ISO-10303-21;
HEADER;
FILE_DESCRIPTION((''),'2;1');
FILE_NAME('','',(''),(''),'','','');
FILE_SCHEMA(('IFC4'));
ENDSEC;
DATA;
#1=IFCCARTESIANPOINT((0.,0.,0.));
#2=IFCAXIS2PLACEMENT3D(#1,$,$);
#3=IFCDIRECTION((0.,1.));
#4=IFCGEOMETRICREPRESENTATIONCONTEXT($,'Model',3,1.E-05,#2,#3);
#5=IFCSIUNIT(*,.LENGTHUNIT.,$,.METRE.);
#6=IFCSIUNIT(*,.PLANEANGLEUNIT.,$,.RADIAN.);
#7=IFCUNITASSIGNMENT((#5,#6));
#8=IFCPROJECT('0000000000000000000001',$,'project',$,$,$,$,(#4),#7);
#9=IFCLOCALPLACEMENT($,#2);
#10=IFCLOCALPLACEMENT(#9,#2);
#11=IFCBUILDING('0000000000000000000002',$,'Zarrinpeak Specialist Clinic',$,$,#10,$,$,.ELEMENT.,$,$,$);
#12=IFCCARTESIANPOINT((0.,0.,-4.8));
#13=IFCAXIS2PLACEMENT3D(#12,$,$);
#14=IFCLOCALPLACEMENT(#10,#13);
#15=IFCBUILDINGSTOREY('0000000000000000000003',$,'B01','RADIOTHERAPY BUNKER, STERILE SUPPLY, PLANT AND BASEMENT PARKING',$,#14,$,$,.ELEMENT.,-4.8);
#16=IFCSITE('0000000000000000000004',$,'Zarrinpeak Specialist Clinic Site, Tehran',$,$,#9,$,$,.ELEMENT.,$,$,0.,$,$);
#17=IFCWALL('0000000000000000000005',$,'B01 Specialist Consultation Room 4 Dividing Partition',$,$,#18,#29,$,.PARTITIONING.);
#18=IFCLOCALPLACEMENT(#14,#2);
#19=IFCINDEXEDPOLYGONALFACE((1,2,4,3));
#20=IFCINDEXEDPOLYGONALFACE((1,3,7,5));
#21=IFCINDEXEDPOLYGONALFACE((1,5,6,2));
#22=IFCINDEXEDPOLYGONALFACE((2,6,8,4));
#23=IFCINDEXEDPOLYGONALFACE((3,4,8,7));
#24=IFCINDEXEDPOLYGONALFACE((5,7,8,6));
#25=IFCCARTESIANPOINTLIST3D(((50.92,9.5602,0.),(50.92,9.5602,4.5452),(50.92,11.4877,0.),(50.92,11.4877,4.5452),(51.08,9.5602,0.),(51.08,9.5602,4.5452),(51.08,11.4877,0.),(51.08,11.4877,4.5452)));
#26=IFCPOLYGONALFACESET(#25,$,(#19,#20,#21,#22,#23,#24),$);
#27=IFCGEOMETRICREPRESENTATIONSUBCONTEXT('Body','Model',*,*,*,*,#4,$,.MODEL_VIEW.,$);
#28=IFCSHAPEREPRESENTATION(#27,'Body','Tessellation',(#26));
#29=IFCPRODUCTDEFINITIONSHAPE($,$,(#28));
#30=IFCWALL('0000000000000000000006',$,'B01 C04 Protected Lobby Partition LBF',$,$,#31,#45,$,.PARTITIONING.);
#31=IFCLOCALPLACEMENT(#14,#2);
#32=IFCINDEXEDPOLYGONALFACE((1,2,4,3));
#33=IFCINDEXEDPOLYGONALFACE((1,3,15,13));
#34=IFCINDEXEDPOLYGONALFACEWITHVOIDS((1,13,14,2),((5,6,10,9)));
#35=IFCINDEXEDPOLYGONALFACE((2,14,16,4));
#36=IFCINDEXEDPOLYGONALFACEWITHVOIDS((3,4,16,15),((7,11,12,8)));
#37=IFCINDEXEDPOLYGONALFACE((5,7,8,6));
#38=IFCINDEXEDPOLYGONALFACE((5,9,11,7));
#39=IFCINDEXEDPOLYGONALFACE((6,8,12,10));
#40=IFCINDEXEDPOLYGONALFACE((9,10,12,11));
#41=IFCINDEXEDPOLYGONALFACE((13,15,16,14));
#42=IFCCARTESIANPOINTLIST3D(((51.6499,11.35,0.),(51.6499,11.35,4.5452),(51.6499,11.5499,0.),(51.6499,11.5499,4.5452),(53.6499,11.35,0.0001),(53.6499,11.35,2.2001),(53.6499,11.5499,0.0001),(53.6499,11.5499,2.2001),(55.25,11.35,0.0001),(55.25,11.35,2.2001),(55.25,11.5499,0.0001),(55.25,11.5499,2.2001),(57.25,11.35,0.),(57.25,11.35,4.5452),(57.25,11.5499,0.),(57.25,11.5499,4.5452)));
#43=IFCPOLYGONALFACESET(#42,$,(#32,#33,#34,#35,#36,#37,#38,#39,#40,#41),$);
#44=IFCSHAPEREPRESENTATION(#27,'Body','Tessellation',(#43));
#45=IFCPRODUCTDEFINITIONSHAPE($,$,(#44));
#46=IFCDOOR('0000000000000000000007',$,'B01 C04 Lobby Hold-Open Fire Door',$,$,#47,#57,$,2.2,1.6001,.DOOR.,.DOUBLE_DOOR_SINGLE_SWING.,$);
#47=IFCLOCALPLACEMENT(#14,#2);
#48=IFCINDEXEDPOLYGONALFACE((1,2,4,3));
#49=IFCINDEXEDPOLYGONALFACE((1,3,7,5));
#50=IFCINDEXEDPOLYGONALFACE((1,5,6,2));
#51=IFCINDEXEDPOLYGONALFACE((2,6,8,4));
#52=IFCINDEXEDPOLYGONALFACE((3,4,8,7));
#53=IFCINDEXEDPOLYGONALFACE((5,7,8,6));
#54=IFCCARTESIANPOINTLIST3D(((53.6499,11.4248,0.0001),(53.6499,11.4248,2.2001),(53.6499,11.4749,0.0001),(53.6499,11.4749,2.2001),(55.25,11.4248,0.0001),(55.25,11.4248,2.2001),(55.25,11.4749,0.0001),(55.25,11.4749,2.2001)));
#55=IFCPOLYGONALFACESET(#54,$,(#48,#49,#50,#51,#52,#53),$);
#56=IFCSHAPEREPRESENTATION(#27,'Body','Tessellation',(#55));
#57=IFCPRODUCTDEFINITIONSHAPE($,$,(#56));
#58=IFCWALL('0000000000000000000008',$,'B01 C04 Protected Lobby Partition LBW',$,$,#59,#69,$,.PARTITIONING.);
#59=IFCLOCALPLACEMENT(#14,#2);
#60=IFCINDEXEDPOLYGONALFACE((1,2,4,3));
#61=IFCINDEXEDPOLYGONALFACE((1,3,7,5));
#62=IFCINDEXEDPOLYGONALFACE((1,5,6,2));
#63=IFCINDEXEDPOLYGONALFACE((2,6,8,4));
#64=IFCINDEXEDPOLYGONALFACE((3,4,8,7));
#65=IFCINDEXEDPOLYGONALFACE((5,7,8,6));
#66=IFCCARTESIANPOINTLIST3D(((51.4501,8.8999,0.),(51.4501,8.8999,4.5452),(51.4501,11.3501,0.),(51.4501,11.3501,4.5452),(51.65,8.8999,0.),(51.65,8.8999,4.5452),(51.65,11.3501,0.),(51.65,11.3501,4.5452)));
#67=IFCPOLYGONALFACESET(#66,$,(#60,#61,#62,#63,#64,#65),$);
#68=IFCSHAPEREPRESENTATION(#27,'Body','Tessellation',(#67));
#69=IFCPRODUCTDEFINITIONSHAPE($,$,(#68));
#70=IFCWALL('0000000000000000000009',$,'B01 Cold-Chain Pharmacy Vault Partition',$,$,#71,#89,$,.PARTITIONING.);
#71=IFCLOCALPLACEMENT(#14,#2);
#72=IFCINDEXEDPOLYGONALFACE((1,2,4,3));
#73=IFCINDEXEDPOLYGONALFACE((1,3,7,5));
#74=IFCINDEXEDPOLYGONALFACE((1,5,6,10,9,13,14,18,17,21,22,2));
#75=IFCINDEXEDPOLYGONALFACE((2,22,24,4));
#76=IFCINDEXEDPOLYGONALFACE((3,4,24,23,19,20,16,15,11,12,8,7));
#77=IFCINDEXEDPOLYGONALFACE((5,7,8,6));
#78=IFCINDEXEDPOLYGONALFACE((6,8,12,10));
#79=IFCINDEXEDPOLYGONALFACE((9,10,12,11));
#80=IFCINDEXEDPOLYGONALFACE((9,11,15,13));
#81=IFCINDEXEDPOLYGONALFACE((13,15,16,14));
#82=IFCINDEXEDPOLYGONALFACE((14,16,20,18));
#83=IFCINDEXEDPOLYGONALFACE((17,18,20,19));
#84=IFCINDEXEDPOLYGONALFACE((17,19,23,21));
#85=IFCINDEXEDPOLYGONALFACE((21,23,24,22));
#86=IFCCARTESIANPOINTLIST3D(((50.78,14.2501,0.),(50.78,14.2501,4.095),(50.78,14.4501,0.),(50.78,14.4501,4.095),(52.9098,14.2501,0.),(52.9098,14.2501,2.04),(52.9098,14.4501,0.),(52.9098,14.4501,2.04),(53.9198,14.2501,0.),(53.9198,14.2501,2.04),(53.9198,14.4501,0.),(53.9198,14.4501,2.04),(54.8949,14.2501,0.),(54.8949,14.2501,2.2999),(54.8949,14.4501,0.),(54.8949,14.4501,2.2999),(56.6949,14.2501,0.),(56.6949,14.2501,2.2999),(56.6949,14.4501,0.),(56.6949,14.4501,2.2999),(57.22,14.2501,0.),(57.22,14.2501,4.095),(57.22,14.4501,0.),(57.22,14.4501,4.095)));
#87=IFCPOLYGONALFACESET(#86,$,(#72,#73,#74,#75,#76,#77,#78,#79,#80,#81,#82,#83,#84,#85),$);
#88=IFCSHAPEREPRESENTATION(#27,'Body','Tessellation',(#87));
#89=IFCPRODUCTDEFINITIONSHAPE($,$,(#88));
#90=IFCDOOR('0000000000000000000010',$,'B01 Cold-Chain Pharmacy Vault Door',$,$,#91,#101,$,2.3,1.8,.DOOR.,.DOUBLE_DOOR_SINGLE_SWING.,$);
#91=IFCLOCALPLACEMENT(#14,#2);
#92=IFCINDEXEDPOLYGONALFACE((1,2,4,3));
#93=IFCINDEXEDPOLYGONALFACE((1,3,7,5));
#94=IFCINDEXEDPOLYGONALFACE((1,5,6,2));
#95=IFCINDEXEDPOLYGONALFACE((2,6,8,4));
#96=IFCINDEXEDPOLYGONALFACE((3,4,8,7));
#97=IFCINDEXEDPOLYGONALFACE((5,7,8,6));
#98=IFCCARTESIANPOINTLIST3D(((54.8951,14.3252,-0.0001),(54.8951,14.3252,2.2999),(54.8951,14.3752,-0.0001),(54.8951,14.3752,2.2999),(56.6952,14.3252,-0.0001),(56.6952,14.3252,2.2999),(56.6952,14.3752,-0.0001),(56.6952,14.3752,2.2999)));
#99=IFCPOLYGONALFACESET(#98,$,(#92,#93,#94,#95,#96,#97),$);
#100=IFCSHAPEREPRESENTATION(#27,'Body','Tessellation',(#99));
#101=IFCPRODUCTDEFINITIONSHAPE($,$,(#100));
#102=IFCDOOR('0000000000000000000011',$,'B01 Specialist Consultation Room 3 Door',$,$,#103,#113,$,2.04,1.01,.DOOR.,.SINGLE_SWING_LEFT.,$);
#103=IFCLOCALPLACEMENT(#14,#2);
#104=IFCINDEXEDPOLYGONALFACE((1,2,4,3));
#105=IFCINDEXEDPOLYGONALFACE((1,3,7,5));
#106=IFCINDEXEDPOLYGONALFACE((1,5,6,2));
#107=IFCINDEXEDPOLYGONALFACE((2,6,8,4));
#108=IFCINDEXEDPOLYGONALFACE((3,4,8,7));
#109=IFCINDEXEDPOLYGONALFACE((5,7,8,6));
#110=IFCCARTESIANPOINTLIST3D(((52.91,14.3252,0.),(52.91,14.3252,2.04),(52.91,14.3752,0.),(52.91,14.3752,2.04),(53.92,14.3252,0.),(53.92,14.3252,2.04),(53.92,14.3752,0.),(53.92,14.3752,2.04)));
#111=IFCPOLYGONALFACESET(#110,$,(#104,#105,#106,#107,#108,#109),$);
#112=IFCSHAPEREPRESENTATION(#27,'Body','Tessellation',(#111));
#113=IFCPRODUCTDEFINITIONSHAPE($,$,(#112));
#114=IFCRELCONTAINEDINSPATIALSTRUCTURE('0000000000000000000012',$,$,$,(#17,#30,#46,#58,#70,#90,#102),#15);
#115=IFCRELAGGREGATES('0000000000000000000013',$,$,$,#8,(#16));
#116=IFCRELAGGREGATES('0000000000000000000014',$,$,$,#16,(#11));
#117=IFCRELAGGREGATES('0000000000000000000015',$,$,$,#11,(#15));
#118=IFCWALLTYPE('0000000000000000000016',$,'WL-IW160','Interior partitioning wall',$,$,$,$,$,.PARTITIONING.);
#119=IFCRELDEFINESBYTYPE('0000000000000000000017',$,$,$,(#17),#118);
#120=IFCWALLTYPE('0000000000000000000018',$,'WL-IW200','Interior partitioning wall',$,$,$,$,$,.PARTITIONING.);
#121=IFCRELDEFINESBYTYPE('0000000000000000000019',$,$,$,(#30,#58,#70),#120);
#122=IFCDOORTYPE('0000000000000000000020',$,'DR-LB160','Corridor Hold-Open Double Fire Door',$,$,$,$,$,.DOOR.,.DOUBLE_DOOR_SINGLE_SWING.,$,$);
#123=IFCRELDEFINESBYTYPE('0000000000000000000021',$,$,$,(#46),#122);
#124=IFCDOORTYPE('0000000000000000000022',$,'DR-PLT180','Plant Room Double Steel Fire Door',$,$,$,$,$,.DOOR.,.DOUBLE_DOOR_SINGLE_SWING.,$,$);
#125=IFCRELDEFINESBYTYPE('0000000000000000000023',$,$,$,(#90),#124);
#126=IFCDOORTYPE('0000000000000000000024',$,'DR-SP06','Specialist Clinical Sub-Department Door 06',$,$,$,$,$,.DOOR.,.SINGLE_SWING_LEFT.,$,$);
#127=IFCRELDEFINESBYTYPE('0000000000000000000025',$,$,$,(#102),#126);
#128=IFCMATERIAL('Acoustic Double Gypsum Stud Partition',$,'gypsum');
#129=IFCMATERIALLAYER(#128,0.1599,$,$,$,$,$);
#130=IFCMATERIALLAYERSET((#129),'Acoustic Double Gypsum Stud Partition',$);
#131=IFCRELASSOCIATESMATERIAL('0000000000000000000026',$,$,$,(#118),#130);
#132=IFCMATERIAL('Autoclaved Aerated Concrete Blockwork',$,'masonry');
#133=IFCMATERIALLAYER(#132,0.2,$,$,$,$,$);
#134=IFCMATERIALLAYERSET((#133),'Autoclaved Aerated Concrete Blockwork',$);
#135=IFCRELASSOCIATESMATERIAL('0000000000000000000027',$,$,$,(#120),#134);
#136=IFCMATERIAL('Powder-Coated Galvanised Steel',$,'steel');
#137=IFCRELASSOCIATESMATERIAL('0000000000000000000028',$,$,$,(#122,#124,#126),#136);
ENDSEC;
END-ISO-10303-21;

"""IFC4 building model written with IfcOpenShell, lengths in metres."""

from ifc_helpers import new_model, si_unit, direction, frame, frame_2d, origin, place, context, subcontext, project, spatial, rectangle, extrude, material, layer, layer_set, type_object, element, fill, save


model = new_model("IFC4")

# Units and contexts
model_context = context("Model", 3, precision=1e-05, world=origin(), true_north=direction((0.0, 1.0)))
body_context = subcontext(model_context, "Body", "Model", "MODEL_VIEW")
ifc_project = project(units=[si_unit("LENGTHUNIT", "METRE"), si_unit("PLANEANGLEUNIT", "RADIAN")], contexts=[model_context])

# Site, building, storey
site_placement = place(None, origin())
site = spatial("IfcSite", under=ifc_project, at=site_placement, Name="Zarrinpeak Specialist Clinic Site, Tehran", CompositionType="ELEMENT", RefElevation=0.0)
building_placement = place(site_placement, origin())
building = spatial("IfcBuilding", under=site, at=building_placement, Name="Zarrinpeak Specialist Clinic", CompositionType="ELEMENT")
storey_placement = place(building_placement, frame((0.0, 0.0, -4.8)))
storey = spatial("IfcBuildingStorey", under=building, at=storey_placement, Name="B01", Description="RADIOTHERAPY BUNKER, STERILE SUPPLY, PLANT AND BASEMENT PARKING", CompositionType="ELEMENT", Elevation=-4.8)

# Shared definitions
ifc_material_1 = material(Name="Powder-Coated Galvanised Steel", Category="steel")

# Wall
ifc_material_2 = material(Name="Acoustic Double Gypsum Stud Partition", Category="gypsum")
ifc_layer_1 = layer(ifc_material_2, 0.1599)
ifc_layer_set_1 = layer_set([ifc_layer_1], Name="Acoustic Double Gypsum Stud Partition")
wall_type_1 = type_object("IfcWallType", Name="WL-IW160", Description="Interior partitioning wall", PredefinedType="PARTITIONING", material=ifc_layer_set_1)
wall_1_placement = place(storey_placement, frame((51.0, 9.5601, 0.0), z_axis=(0.0, 0.0, 1.0), x_axis=(0.0, 1.0, 0.0)))
element("IfcWall", 1, at=wall_1_placement, inside=storey, type_object=wall_type_1, Name="B01 Specialist Consultation Room 4 Dividing Partition", PredefinedType="PARTITIONING", context=body_context, shape_type="SweptSolid", body=[
    extrude(rectangle(XDim=1.9275, YDim=0.1599, at=frame_2d((0.9639, 0.0))), origin(), (0.0, 0.0, 1.0), 4.5452),
])

# Wall, opening, door
ifc_material_3 = material(Name="Autoclaved Aerated Concrete Blockwork", Category="masonry")
ifc_layer_2 = layer(ifc_material_3, 0.2)
ifc_layer_set_2 = layer_set([ifc_layer_2], Name="Autoclaved Aerated Concrete Blockwork")
wall_type_2 = type_object("IfcWallType", Name="WL-IW200", Description="Interior partitioning wall", PredefinedType="PARTITIONING", material=ifc_layer_set_2)
wall_2_placement = place(storey_placement, frame((51.6499, 11.45, 0.0), z_axis=(0.0, 0.0, 1.0), x_axis=(1.0, 0.0, 0.0)))
wall_2 = element("IfcWall", 2, at=wall_2_placement, inside=storey, type_object=wall_type_2, Name="B01 C04 Protected Lobby Partition LBF", PredefinedType="PARTITIONING", context=body_context, shape_type="SweptSolid", body=[
    extrude(rectangle(XDim=5.6001, YDim=0.2, at=frame_2d((2.8, 0.0))), origin(), (0.0, 0.0, 1.0), 4.5452),
])
opening_1_placement = place(wall_2_placement, frame((2.0, 0.0, 0.0)))
opening_1 = element("IfcOpeningElement", 3, at=opening_1_placement, cuts=wall_2, PredefinedType="OPENING", context=body_context, shape_type="SweptSolid", body=[
    extrude(rectangle(XDim=1.6001, YDim=2.2, at=frame_2d((0.8, 1.1001))), frame((0.0, 0.1099, 0.0), z_axis=(0.0, -1.0, 0.0), x_axis=(1.0, 0.0, 0.0)), (0.0, 0.0, 1.0), 0.22),
])
door_type_1 = type_object("IfcDoorType", Name="DR-LB160", Description="Corridor Hold-Open Double Fire Door", OperationType="DOUBLE_DOOR_SINGLE_SWING", PredefinedType="DOOR", material=ifc_material_1)
door_1_placement = place(opening_1_placement, origin())
door_1 = element("IfcDoor", 4, at=door_1_placement, inside=storey, type_object=door_type_1, Name="B01 C04 Lobby Hold-Open Fire Door", OperationType="DOUBLE_DOOR_SINGLE_SWING", OverallHeight=2.2, OverallWidth=1.6001, PredefinedType="DOOR", context=body_context, shape_type="SweptSolid", body=[
    extrude(rectangle(XDim=1.6001, YDim=2.2, at=frame_2d((0.8, 1.1001))), frame((0.0, 0.0249, 0.0), z_axis=(0.0, -1.0, 0.0), x_axis=(1.0, 0.0, 0.0)), (0.0, 0.0, 1.0), 0.05),
])
fill(opening_1, door_1)

# Wall
wall_3_placement = place(storey_placement, frame((51.55, 8.8999, 0.0), z_axis=(0.0, 0.0, 1.0), x_axis=(0.0, 1.0, 0.0)))
element("IfcWall", 5, at=wall_3_placement, inside=storey, type_object=wall_type_2, Name="B01 C04 Protected Lobby Partition LBW", PredefinedType="PARTITIONING", context=body_context, shape_type="SweptSolid", body=[
    extrude(rectangle(XDim=2.4502, YDim=0.2, at=frame_2d((1.2251, 0.0))), origin(), (0.0, 0.0, 1.0), 4.5452),
])

# Wall, openings, doors
wall_4_placement = place(storey_placement, frame((50.78, 14.3501, 0.0), z_axis=(0.0, 0.0, 1.0), x_axis=(1.0, 0.0, 0.0)))
wall_4 = element("IfcWall", 6, at=wall_4_placement, inside=storey, type_object=wall_type_2, Name="B01 Cold-Chain Pharmacy Vault Partition", PredefinedType="PARTITIONING", context=body_context, shape_type="SweptSolid", body=[
    extrude(rectangle(XDim=6.4399, YDim=0.2, at=frame_2d((3.22, 0.0))), origin(), (0.0, 0.0, 1.0), 4.095),
])
opening_2_placement = place(wall_4_placement, frame((4.115, 0.0, 0.0)))
opening_2 = element("IfcOpeningElement", 7, at=opening_2_placement, cuts=wall_4, PredefinedType="OPENING", context=body_context, shape_type="SweptSolid", body=[
    extrude(rectangle(XDim=1.8, YDim=2.3, at=frame_2d((0.8999, 1.1499))), frame((0.0, 0.1099, 0.0), z_axis=(0.0, -1.0, 0.0), x_axis=(1.0, 0.0, 0.0)), (0.0, 0.0, 1.0), 0.22),
])
opening_3_placement = place(wall_4_placement, frame((2.1299, 0.0, 0.0)))
opening_3 = element("IfcOpeningElement", 8, at=opening_3_placement, cuts=wall_4, PredefinedType="OPENING", context=body_context, shape_type="SweptSolid", body=[
    extrude(rectangle(XDim=1.01, YDim=2.04, at=frame_2d((0.5049, 1.02))), frame((0.0, 0.1099, 0.0), z_axis=(0.0, -1.0, 0.0), x_axis=(1.0, 0.0, 0.0)), (0.0, 0.0, 1.0), 0.22),
])
door_type_2 = type_object("IfcDoorType", Name="DR-PLT180", Description="Plant Room Double Steel Fire Door", OperationType="DOUBLE_DOOR_SINGLE_SWING", PredefinedType="DOOR", material=ifc_material_1)
door_2_placement = place(opening_2_placement, frame((1.8, 0.0, 0.0), z_axis=(0.0, 0.0, 1.0), x_axis=(-1.0, 0.0, 0.0)))
door_2 = element("IfcDoor", 9, at=door_2_placement, inside=storey, type_object=door_type_2, Name="B01 Cold-Chain Pharmacy Vault Door", OperationType="DOUBLE_DOOR_SINGLE_SWING", OverallHeight=2.3, OverallWidth=1.8, PredefinedType="DOOR", context=body_context, shape_type="SweptSolid", body=[
    extrude(rectangle(XDim=1.8, YDim=2.3, at=frame_2d((0.8999, 1.1499))), frame((0.0, 0.0249, 0.0), z_axis=(0.0, -1.0, 0.0), x_axis=(1.0, 0.0, 0.0)), (0.0, 0.0, 1.0), 0.05),
])
fill(opening_2, door_2)
door_type_3 = type_object("IfcDoorType", Name="DR-SP06", Description="Specialist Clinical Sub-Department Door 06", OperationType="SINGLE_SWING_LEFT", PredefinedType="DOOR", material=ifc_material_1)
door_3_placement = place(opening_3_placement, frame((1.01, 0.0, 0.0), z_axis=(0.0, 0.0, 1.0), x_axis=(-1.0, 0.0, 0.0)))
door_3 = element("IfcDoor", 10, at=door_3_placement, inside=storey, type_object=door_type_3, Name="B01 Specialist Consultation Room 3 Door", OperationType="SINGLE_SWING_LEFT", OverallHeight=2.04, OverallWidth=1.01, PredefinedType="DOOR", context=body_context, shape_type="SweptSolid", body=[
    extrude(rectangle(XDim=1.01, YDim=2.04, at=frame_2d((0.5049, 1.02))), frame((0.0, 0.0249, 0.0), z_axis=(0.0, -1.0, 0.0), x_axis=(1.0, 0.0, 0.0)), (0.0, 0.0, 1.0), 0.05),
])
fill(opening_3, door_3)

save(model, "model.ifc")
